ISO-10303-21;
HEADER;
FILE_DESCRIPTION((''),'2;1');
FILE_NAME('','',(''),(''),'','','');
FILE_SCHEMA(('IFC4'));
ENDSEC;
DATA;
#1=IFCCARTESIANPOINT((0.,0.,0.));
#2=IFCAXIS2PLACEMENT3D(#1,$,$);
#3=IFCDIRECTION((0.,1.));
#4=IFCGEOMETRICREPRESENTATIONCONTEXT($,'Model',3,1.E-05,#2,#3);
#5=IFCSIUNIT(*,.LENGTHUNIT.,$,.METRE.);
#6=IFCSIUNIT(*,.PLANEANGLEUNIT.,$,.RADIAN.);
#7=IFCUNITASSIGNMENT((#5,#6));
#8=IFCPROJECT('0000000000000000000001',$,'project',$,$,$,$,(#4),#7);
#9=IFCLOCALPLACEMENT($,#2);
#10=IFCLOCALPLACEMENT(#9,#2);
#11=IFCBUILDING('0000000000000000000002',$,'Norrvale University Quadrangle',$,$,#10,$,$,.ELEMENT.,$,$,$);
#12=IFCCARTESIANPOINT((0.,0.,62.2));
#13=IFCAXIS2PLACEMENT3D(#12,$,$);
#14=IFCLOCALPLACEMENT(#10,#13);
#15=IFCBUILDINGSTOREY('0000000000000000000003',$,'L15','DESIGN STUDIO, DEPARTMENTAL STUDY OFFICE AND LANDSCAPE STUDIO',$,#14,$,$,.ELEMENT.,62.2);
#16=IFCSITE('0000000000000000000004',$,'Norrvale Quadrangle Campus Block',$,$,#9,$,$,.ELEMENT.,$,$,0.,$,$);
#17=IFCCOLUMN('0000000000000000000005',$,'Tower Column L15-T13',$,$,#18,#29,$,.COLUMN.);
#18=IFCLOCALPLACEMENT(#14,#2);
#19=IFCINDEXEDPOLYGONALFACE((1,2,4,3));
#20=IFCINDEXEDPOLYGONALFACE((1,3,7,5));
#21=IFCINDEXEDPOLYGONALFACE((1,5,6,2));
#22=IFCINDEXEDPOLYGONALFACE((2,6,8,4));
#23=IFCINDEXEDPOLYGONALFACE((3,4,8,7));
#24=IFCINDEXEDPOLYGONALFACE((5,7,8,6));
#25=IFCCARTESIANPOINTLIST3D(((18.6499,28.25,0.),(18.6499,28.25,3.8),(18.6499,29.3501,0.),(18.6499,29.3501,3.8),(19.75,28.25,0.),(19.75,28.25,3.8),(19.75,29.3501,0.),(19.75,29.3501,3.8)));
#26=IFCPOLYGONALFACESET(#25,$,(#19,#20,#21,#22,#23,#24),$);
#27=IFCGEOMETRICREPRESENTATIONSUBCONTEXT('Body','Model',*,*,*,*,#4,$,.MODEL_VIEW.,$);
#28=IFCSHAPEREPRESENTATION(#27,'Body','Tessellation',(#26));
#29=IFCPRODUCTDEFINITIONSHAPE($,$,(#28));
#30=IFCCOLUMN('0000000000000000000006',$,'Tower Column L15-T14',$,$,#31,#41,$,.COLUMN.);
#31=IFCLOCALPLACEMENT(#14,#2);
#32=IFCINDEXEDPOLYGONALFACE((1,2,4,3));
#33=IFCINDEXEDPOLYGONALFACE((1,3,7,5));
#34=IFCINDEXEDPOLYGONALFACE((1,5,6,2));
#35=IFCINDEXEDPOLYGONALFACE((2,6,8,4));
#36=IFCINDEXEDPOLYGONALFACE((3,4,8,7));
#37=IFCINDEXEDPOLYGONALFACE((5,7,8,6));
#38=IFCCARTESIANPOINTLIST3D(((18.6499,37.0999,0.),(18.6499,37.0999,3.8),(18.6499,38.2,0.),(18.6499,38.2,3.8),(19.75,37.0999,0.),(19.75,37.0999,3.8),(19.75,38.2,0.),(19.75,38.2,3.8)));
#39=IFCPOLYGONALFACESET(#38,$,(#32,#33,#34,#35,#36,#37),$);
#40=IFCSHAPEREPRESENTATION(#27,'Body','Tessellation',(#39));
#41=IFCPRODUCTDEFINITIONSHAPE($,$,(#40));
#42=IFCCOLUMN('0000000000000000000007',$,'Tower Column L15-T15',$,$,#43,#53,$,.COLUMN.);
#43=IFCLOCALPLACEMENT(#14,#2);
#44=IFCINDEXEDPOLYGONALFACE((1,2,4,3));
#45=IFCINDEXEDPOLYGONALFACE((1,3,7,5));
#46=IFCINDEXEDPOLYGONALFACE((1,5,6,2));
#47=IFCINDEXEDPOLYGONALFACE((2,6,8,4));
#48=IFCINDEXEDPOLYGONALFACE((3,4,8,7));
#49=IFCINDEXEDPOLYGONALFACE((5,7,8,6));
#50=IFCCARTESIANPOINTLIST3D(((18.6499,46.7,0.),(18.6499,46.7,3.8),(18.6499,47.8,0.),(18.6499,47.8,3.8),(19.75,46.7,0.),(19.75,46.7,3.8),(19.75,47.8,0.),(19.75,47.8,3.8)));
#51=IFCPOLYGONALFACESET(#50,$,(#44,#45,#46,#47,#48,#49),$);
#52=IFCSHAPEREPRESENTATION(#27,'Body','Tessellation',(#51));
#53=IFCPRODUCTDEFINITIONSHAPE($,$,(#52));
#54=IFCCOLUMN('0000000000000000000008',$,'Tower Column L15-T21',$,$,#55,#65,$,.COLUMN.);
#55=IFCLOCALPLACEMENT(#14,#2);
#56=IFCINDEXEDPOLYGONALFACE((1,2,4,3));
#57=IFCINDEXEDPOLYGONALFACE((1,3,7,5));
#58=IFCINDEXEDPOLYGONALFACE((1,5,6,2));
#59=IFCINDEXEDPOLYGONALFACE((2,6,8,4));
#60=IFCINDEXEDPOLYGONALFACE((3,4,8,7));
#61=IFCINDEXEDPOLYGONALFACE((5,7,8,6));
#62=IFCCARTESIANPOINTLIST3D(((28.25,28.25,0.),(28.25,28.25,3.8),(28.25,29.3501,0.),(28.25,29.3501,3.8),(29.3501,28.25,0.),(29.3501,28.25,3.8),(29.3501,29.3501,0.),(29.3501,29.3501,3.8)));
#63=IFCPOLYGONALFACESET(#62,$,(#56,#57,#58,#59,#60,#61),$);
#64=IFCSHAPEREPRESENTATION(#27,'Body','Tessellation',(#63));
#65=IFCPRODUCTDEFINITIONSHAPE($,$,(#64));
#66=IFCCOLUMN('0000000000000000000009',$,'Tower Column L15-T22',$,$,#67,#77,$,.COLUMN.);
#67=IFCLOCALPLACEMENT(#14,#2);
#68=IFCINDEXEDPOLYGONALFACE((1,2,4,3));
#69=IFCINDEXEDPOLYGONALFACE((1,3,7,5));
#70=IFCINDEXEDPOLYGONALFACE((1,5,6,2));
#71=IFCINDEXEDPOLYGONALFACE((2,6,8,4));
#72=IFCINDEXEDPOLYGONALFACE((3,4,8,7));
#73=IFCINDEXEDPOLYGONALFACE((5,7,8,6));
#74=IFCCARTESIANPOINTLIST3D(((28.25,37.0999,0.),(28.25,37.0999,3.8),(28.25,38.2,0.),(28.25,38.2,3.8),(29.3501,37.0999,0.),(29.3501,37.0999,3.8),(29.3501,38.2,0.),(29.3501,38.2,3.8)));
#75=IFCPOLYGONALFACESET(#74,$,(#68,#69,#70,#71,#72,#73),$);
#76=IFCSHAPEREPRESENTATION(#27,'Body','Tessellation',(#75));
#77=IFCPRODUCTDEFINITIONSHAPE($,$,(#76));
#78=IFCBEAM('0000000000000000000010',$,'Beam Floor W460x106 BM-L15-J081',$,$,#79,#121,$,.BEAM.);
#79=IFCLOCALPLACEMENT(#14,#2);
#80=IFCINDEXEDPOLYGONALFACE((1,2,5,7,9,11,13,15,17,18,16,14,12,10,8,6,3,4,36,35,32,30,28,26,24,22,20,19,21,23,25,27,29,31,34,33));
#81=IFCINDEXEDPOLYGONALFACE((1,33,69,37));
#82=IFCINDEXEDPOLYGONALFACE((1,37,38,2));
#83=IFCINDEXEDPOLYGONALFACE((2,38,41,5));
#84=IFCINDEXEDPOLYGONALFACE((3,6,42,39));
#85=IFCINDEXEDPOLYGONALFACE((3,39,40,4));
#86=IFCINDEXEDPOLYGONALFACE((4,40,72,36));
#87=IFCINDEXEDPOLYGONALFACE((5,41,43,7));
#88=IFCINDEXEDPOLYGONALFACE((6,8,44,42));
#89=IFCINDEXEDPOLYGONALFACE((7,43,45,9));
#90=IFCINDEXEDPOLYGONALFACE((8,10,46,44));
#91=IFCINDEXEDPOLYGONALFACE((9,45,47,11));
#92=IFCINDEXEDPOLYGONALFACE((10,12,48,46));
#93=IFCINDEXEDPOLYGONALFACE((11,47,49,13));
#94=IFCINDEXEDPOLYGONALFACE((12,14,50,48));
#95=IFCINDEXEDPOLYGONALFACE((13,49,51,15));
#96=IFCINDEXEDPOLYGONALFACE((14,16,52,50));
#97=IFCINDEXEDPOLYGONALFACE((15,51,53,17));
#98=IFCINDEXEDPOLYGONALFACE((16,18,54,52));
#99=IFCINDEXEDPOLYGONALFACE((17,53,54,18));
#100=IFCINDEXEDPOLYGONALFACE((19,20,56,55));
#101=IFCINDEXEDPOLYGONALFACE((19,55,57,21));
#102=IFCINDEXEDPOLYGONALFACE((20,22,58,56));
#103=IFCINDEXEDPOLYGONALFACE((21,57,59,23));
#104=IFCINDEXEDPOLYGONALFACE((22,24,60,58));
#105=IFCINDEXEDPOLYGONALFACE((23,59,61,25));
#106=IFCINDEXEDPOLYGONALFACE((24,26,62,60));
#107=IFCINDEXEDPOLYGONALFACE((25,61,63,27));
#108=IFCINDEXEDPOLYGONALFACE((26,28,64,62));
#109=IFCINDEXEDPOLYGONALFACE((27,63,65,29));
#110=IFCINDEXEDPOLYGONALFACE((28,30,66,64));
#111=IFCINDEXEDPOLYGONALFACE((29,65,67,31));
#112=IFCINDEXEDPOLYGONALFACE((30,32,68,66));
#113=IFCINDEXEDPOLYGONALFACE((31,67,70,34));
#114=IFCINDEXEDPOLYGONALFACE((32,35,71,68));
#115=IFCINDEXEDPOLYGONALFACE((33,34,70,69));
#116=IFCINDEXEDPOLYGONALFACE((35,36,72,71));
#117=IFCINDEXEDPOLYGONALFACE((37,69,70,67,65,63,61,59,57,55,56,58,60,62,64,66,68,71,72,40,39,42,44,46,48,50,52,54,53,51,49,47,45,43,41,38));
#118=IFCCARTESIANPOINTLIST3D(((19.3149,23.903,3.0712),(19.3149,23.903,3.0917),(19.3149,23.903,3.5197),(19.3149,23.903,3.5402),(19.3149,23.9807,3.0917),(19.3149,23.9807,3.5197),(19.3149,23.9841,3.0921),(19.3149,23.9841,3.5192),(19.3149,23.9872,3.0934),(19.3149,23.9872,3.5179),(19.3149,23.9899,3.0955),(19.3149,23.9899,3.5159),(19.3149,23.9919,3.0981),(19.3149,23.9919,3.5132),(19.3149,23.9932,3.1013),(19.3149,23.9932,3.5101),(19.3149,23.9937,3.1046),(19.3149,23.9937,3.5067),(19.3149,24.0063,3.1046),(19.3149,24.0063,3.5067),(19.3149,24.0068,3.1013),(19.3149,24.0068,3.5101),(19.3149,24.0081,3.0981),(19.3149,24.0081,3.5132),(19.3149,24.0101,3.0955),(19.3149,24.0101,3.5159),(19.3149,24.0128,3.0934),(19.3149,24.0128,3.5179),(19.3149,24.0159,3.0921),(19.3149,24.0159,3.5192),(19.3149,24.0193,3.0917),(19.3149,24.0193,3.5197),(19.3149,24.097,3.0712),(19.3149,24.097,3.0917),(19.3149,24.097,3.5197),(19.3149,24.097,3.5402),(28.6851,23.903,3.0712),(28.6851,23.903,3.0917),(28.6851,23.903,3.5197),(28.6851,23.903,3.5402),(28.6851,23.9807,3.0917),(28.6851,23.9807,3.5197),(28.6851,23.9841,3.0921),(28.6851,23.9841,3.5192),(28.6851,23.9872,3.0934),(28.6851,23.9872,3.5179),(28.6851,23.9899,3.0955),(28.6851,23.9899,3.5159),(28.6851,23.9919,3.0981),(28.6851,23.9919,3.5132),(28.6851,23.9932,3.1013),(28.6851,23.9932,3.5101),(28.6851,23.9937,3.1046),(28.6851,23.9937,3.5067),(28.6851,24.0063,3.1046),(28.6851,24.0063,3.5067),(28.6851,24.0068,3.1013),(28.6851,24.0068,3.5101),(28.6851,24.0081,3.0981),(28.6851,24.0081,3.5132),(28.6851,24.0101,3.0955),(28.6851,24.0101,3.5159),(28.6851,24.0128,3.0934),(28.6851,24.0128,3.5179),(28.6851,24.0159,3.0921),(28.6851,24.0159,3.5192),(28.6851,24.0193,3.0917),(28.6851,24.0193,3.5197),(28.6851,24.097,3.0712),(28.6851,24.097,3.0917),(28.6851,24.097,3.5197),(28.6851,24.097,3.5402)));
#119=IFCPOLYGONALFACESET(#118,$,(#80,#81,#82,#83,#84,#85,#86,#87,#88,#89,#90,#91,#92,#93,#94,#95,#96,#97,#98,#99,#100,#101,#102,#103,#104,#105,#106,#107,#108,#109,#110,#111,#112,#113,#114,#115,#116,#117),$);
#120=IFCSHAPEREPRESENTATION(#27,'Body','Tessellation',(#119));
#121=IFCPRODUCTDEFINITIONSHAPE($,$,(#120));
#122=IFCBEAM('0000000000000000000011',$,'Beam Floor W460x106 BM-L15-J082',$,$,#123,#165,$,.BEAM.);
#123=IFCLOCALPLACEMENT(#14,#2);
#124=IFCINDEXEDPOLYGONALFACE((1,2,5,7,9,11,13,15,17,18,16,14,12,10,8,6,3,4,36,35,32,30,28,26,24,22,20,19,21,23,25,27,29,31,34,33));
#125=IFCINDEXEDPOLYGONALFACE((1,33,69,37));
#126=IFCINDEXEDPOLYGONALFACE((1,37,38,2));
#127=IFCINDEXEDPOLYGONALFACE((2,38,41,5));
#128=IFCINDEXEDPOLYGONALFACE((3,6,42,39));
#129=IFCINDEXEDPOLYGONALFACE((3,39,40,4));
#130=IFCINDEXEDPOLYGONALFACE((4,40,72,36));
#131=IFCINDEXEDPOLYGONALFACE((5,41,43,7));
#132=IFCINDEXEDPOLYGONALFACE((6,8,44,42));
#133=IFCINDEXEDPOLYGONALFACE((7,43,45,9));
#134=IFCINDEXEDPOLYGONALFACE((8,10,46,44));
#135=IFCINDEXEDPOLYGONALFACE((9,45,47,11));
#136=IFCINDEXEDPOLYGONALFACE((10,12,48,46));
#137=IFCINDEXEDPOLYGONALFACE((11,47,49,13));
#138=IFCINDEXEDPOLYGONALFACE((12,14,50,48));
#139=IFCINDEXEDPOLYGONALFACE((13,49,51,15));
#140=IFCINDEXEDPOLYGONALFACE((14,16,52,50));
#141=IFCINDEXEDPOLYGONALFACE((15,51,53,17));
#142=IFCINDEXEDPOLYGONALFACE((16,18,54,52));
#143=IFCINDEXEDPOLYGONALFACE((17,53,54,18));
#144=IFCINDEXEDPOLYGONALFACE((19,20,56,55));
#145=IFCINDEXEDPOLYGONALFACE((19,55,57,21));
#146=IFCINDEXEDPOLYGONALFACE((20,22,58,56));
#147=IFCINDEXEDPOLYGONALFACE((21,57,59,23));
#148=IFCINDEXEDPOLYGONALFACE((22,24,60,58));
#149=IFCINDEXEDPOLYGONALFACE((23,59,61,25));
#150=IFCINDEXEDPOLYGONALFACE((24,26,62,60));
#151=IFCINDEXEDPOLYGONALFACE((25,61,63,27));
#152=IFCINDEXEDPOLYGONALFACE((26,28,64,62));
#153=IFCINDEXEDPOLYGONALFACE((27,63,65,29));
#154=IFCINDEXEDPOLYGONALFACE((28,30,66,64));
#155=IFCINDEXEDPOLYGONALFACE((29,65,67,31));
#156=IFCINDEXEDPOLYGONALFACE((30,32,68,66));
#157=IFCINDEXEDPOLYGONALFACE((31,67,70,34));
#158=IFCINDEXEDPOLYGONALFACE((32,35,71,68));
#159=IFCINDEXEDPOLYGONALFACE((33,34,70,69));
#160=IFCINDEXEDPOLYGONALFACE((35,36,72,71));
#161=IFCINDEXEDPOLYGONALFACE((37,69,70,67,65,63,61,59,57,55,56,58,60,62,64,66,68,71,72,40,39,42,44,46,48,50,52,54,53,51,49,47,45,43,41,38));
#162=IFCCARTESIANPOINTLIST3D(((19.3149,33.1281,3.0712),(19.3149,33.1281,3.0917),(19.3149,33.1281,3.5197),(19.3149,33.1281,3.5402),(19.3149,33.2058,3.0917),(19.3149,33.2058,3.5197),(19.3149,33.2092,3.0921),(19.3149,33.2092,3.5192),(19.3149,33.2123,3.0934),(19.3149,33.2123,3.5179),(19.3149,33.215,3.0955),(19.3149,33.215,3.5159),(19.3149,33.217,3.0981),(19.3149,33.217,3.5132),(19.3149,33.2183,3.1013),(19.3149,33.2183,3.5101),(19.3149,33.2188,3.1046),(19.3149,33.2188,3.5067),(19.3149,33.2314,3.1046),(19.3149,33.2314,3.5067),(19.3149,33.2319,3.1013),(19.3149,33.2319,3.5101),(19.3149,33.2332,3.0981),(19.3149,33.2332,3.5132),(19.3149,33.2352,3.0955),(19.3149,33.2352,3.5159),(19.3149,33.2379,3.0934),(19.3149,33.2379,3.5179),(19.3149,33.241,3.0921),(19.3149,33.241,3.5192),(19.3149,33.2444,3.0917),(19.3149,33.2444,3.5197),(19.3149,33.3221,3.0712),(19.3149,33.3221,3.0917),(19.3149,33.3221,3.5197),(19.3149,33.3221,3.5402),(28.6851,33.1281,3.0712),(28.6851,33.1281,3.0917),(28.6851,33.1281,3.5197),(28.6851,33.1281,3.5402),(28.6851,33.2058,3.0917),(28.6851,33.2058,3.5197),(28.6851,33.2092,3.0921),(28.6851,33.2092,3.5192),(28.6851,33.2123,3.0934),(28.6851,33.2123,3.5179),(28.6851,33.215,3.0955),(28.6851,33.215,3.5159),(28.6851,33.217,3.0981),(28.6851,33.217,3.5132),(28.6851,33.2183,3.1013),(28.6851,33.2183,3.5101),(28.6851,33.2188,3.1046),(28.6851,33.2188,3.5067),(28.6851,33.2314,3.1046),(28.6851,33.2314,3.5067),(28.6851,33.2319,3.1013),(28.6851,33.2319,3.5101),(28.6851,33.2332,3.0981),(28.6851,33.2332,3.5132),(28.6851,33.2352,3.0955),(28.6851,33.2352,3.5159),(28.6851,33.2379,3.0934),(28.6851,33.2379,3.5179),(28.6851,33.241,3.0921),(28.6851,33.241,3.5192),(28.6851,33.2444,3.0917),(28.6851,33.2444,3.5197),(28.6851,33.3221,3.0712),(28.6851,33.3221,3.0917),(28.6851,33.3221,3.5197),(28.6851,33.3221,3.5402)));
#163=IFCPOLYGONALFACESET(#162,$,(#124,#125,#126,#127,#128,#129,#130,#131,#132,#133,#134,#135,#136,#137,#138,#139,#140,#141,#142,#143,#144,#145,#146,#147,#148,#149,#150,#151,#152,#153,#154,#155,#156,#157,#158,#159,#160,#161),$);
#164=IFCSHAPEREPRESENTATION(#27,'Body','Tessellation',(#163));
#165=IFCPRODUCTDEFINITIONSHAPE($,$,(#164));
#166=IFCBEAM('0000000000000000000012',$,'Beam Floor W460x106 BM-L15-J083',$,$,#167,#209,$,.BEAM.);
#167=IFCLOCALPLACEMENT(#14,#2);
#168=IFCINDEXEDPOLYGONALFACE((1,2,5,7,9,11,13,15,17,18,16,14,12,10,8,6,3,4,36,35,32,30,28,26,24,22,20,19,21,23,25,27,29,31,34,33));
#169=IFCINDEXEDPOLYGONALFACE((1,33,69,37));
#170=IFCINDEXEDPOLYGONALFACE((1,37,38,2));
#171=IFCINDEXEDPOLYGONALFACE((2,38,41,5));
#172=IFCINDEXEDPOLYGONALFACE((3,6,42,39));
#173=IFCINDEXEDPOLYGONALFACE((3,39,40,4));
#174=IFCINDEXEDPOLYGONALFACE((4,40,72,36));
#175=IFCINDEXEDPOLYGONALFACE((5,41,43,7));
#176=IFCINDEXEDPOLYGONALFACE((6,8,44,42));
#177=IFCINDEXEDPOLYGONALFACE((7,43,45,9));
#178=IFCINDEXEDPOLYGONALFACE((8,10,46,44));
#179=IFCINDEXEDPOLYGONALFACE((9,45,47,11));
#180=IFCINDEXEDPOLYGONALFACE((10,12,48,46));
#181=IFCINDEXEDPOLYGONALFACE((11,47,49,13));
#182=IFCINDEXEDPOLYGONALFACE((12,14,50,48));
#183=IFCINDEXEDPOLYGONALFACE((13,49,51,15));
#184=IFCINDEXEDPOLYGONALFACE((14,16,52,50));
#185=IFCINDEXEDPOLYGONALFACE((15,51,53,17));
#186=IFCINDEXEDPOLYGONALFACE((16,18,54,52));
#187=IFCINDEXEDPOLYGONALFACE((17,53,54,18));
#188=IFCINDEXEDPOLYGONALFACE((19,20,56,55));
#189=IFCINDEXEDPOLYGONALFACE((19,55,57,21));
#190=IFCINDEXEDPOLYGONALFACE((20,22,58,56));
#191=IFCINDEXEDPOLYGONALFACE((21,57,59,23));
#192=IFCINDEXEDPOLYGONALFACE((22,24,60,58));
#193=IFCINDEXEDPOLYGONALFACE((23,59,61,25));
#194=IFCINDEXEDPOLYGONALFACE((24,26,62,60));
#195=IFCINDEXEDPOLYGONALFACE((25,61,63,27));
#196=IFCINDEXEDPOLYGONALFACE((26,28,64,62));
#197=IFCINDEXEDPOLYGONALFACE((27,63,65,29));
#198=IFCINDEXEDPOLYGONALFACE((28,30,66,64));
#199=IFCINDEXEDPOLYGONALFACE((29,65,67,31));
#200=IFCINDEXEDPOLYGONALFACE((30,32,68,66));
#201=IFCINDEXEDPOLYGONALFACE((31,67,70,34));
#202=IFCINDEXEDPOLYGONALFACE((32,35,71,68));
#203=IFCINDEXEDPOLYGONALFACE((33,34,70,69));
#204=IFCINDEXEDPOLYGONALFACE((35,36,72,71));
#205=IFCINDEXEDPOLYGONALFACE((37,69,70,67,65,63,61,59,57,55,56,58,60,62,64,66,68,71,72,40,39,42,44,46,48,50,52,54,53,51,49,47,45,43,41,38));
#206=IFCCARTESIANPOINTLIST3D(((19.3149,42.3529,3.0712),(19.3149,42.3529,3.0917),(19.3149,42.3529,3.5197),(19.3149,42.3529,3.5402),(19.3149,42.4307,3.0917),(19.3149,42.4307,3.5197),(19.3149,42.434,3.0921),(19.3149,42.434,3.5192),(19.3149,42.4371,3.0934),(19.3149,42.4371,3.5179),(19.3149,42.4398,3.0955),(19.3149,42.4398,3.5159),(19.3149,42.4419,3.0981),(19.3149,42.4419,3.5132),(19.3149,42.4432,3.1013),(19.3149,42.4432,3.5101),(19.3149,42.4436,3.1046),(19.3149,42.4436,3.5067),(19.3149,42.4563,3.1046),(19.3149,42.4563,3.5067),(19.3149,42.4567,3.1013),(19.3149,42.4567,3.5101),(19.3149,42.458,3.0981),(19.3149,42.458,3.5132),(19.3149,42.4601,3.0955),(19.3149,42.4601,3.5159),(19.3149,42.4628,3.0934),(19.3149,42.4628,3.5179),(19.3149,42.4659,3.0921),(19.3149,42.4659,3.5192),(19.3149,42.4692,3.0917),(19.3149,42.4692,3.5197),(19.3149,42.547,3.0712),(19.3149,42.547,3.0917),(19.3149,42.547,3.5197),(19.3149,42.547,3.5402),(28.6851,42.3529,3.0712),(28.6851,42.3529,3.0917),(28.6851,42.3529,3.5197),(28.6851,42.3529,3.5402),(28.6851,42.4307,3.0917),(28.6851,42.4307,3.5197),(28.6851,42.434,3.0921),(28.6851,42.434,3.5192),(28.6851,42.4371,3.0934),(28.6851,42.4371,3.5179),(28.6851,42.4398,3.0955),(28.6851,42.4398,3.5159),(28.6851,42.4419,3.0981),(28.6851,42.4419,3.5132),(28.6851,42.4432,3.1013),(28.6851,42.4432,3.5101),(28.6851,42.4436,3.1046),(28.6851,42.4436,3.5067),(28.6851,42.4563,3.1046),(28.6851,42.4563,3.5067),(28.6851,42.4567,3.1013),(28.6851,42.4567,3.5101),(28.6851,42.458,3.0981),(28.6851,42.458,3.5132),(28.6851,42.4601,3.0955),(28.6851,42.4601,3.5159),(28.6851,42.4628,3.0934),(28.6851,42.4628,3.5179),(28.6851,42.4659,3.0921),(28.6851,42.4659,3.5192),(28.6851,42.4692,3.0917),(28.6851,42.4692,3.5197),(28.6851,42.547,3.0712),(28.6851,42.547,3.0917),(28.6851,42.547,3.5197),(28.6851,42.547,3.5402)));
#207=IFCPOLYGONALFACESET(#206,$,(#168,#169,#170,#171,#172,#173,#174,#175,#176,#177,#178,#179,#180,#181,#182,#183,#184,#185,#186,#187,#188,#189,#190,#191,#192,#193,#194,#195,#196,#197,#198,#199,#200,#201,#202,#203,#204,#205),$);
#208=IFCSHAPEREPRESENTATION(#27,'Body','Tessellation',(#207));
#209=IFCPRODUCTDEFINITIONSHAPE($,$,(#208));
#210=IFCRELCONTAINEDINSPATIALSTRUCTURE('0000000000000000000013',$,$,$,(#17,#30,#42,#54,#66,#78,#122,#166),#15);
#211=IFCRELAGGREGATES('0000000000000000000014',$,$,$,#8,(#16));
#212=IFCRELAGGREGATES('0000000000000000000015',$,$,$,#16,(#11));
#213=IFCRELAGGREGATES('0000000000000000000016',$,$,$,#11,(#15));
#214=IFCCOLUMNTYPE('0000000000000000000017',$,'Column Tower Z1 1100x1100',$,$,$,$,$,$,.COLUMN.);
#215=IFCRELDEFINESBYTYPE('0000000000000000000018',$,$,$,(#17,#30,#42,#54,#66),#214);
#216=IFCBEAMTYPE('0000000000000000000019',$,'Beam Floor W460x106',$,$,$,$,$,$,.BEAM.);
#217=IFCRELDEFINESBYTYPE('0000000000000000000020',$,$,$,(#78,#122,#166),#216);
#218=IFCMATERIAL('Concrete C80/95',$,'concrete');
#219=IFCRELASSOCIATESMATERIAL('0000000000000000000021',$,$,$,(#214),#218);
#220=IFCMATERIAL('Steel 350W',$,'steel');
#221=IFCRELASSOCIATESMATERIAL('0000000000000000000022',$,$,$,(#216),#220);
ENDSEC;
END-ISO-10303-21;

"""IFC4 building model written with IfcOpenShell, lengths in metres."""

from ifc_helpers import new_model, si_unit, direction, frame, origin, origin_2d, place, context, subcontext, project, spatial, rectangle, i_section, extrude, material, material_profile, profile_set, type_object, element, save


model = new_model("IFC4")

# Units and contexts
model_context = context("Model", 3, precision=1e-05, world=origin(), true_north=direction((0.0, 1.0)))
body_context = subcontext(model_context, "Body", "Model", "MODEL_VIEW")
ifc_project = project(units=[si_unit("LENGTHUNIT", "METRE"), si_unit("PLANEANGLEUNIT", "RADIAN")], contexts=[model_context])

# Site, building, storey
site_placement = place(None, origin())
site = spatial("IfcSite", under=ifc_project, at=site_placement, Name="Norrvale Quadrangle Campus Block", CompositionType="ELEMENT", RefElevation=0.0)
building_placement = place(site_placement, origin())
building = spatial("IfcBuilding", under=site, at=building_placement, Name="Norrvale University Quadrangle", CompositionType="ELEMENT")
storey_placement = place(building_placement, frame((0.0, 0.0, 62.2)))
storey = spatial("IfcBuildingStorey", under=building, at=storey_placement, Name="L15", Description="DESIGN STUDIO, DEPARTMENTAL STUDY OFFICE AND LANDSCAPE STUDIO", CompositionType="ELEMENT", Elevation=62.2)

# Columns
ifc_material_1 = material(Name="Concrete C80/95", Category="concrete")
ifc_material_profile_1 = material_profile(ifc_material_1, rectangle(XDim=1.1001, YDim=1.1001, at=origin_2d()), Name="Concrete C80/95")
ifc_profile_set_1 = profile_set([ifc_material_profile_1], Name="Concrete C80/95")
column_type = type_object("IfcColumnType", Name="Column Tower Z1 1100x1100", PredefinedType="COLUMN", material=ifc_profile_set_1)
for number, where, z_axis, x_axis, name in (
    (1, (19.2, 28.8, 0.0), (0.0, 0.0, 1.0), (1.0, 0.0, 0.0), "Tower Column L15-T13"),
    (2, (19.2, 37.6499, 0.0), (0.0, 0.0, 1.0), (1.0, 0.0, 0.0), "Tower Column L15-T14"),
    (3, (19.2, 47.25, 0.0), (0.0, 0.0, 1.0), (1.0, 0.0, 0.0), "Tower Column L15-T15"),
    (4, (28.8, 28.8, 0.0), (0.0, 0.0, 1.0), (1.0, 0.0, 0.0), "Tower Column L15-T21"),
    (5, (28.8, 37.6499, 0.0), (0.0, 0.0, 1.0), (1.0, 0.0, 0.0), "Tower Column L15-T22"),
):
    element("IfcColumn", number, at=place(storey_placement, frame(where, z_axis=z_axis, x_axis=x_axis)), inside=storey, type_object=column_type, Name=name, PredefinedType="COLUMN", context=body_context, shape_type="SweptSolid", body=[
        extrude(rectangle(XDim=1.1001, YDim=1.1001, at=origin_2d()), origin(), (0.0, 0.0, 1.0), 3.8),
    ])

# Beams
ifc_material_2 = material(Name="Steel 350W", Category="steel")
ifc_material_profile_2 = material_profile(ifc_material_2, i_section(OverallWidth=0.1941, OverallDepth=0.469, WebThickness=0.0127, FlangeThickness=0.0205, FilletRadius=0.0129, at=origin_2d()), Name="Steel 350W")
ifc_profile_set_2 = profile_set([ifc_material_profile_2], Name="Steel 350W")
beam_type_1 = type_object("IfcBeamType", Name="Beam Floor W460x106", PredefinedType="BEAM", material=ifc_profile_set_2)
for number, where, z_axis, x_axis, name in (
    (6, (19.3149, 24.0, 3.3057), (1.0, 0.0, 0.0), (0.0, 1.0, 0.0), "Beam Floor W460x106 BM-L15-J081"),
    (7, (19.3149, 33.2251, 3.3057), (1.0, 0.0, 0.0), (0.0, 1.0, 0.0), "Beam Floor W460x106 BM-L15-J082"),
    (8, (19.3149, 42.45, 3.3057), (1.0, 0.0, 0.0), (0.0, 1.0, 0.0), "Beam Floor W460x106 BM-L15-J083"),
):
    element("IfcBeam", number, at=place(storey_placement, frame(where, z_axis=z_axis, x_axis=x_axis)), inside=storey, type_object=beam_type_1, Name=name, PredefinedType="BEAM", context=body_context, shape_type="SweptSolid", body=[
        extrude(i_section(OverallWidth=0.1941, OverallDepth=0.469, WebThickness=0.0127, FlangeThickness=0.0205, FilletRadius=0.0129, at=origin_2d()), origin(), (0.0, 0.0, 1.0), 9.3701),
    ])

save(model, "model.ifc")
